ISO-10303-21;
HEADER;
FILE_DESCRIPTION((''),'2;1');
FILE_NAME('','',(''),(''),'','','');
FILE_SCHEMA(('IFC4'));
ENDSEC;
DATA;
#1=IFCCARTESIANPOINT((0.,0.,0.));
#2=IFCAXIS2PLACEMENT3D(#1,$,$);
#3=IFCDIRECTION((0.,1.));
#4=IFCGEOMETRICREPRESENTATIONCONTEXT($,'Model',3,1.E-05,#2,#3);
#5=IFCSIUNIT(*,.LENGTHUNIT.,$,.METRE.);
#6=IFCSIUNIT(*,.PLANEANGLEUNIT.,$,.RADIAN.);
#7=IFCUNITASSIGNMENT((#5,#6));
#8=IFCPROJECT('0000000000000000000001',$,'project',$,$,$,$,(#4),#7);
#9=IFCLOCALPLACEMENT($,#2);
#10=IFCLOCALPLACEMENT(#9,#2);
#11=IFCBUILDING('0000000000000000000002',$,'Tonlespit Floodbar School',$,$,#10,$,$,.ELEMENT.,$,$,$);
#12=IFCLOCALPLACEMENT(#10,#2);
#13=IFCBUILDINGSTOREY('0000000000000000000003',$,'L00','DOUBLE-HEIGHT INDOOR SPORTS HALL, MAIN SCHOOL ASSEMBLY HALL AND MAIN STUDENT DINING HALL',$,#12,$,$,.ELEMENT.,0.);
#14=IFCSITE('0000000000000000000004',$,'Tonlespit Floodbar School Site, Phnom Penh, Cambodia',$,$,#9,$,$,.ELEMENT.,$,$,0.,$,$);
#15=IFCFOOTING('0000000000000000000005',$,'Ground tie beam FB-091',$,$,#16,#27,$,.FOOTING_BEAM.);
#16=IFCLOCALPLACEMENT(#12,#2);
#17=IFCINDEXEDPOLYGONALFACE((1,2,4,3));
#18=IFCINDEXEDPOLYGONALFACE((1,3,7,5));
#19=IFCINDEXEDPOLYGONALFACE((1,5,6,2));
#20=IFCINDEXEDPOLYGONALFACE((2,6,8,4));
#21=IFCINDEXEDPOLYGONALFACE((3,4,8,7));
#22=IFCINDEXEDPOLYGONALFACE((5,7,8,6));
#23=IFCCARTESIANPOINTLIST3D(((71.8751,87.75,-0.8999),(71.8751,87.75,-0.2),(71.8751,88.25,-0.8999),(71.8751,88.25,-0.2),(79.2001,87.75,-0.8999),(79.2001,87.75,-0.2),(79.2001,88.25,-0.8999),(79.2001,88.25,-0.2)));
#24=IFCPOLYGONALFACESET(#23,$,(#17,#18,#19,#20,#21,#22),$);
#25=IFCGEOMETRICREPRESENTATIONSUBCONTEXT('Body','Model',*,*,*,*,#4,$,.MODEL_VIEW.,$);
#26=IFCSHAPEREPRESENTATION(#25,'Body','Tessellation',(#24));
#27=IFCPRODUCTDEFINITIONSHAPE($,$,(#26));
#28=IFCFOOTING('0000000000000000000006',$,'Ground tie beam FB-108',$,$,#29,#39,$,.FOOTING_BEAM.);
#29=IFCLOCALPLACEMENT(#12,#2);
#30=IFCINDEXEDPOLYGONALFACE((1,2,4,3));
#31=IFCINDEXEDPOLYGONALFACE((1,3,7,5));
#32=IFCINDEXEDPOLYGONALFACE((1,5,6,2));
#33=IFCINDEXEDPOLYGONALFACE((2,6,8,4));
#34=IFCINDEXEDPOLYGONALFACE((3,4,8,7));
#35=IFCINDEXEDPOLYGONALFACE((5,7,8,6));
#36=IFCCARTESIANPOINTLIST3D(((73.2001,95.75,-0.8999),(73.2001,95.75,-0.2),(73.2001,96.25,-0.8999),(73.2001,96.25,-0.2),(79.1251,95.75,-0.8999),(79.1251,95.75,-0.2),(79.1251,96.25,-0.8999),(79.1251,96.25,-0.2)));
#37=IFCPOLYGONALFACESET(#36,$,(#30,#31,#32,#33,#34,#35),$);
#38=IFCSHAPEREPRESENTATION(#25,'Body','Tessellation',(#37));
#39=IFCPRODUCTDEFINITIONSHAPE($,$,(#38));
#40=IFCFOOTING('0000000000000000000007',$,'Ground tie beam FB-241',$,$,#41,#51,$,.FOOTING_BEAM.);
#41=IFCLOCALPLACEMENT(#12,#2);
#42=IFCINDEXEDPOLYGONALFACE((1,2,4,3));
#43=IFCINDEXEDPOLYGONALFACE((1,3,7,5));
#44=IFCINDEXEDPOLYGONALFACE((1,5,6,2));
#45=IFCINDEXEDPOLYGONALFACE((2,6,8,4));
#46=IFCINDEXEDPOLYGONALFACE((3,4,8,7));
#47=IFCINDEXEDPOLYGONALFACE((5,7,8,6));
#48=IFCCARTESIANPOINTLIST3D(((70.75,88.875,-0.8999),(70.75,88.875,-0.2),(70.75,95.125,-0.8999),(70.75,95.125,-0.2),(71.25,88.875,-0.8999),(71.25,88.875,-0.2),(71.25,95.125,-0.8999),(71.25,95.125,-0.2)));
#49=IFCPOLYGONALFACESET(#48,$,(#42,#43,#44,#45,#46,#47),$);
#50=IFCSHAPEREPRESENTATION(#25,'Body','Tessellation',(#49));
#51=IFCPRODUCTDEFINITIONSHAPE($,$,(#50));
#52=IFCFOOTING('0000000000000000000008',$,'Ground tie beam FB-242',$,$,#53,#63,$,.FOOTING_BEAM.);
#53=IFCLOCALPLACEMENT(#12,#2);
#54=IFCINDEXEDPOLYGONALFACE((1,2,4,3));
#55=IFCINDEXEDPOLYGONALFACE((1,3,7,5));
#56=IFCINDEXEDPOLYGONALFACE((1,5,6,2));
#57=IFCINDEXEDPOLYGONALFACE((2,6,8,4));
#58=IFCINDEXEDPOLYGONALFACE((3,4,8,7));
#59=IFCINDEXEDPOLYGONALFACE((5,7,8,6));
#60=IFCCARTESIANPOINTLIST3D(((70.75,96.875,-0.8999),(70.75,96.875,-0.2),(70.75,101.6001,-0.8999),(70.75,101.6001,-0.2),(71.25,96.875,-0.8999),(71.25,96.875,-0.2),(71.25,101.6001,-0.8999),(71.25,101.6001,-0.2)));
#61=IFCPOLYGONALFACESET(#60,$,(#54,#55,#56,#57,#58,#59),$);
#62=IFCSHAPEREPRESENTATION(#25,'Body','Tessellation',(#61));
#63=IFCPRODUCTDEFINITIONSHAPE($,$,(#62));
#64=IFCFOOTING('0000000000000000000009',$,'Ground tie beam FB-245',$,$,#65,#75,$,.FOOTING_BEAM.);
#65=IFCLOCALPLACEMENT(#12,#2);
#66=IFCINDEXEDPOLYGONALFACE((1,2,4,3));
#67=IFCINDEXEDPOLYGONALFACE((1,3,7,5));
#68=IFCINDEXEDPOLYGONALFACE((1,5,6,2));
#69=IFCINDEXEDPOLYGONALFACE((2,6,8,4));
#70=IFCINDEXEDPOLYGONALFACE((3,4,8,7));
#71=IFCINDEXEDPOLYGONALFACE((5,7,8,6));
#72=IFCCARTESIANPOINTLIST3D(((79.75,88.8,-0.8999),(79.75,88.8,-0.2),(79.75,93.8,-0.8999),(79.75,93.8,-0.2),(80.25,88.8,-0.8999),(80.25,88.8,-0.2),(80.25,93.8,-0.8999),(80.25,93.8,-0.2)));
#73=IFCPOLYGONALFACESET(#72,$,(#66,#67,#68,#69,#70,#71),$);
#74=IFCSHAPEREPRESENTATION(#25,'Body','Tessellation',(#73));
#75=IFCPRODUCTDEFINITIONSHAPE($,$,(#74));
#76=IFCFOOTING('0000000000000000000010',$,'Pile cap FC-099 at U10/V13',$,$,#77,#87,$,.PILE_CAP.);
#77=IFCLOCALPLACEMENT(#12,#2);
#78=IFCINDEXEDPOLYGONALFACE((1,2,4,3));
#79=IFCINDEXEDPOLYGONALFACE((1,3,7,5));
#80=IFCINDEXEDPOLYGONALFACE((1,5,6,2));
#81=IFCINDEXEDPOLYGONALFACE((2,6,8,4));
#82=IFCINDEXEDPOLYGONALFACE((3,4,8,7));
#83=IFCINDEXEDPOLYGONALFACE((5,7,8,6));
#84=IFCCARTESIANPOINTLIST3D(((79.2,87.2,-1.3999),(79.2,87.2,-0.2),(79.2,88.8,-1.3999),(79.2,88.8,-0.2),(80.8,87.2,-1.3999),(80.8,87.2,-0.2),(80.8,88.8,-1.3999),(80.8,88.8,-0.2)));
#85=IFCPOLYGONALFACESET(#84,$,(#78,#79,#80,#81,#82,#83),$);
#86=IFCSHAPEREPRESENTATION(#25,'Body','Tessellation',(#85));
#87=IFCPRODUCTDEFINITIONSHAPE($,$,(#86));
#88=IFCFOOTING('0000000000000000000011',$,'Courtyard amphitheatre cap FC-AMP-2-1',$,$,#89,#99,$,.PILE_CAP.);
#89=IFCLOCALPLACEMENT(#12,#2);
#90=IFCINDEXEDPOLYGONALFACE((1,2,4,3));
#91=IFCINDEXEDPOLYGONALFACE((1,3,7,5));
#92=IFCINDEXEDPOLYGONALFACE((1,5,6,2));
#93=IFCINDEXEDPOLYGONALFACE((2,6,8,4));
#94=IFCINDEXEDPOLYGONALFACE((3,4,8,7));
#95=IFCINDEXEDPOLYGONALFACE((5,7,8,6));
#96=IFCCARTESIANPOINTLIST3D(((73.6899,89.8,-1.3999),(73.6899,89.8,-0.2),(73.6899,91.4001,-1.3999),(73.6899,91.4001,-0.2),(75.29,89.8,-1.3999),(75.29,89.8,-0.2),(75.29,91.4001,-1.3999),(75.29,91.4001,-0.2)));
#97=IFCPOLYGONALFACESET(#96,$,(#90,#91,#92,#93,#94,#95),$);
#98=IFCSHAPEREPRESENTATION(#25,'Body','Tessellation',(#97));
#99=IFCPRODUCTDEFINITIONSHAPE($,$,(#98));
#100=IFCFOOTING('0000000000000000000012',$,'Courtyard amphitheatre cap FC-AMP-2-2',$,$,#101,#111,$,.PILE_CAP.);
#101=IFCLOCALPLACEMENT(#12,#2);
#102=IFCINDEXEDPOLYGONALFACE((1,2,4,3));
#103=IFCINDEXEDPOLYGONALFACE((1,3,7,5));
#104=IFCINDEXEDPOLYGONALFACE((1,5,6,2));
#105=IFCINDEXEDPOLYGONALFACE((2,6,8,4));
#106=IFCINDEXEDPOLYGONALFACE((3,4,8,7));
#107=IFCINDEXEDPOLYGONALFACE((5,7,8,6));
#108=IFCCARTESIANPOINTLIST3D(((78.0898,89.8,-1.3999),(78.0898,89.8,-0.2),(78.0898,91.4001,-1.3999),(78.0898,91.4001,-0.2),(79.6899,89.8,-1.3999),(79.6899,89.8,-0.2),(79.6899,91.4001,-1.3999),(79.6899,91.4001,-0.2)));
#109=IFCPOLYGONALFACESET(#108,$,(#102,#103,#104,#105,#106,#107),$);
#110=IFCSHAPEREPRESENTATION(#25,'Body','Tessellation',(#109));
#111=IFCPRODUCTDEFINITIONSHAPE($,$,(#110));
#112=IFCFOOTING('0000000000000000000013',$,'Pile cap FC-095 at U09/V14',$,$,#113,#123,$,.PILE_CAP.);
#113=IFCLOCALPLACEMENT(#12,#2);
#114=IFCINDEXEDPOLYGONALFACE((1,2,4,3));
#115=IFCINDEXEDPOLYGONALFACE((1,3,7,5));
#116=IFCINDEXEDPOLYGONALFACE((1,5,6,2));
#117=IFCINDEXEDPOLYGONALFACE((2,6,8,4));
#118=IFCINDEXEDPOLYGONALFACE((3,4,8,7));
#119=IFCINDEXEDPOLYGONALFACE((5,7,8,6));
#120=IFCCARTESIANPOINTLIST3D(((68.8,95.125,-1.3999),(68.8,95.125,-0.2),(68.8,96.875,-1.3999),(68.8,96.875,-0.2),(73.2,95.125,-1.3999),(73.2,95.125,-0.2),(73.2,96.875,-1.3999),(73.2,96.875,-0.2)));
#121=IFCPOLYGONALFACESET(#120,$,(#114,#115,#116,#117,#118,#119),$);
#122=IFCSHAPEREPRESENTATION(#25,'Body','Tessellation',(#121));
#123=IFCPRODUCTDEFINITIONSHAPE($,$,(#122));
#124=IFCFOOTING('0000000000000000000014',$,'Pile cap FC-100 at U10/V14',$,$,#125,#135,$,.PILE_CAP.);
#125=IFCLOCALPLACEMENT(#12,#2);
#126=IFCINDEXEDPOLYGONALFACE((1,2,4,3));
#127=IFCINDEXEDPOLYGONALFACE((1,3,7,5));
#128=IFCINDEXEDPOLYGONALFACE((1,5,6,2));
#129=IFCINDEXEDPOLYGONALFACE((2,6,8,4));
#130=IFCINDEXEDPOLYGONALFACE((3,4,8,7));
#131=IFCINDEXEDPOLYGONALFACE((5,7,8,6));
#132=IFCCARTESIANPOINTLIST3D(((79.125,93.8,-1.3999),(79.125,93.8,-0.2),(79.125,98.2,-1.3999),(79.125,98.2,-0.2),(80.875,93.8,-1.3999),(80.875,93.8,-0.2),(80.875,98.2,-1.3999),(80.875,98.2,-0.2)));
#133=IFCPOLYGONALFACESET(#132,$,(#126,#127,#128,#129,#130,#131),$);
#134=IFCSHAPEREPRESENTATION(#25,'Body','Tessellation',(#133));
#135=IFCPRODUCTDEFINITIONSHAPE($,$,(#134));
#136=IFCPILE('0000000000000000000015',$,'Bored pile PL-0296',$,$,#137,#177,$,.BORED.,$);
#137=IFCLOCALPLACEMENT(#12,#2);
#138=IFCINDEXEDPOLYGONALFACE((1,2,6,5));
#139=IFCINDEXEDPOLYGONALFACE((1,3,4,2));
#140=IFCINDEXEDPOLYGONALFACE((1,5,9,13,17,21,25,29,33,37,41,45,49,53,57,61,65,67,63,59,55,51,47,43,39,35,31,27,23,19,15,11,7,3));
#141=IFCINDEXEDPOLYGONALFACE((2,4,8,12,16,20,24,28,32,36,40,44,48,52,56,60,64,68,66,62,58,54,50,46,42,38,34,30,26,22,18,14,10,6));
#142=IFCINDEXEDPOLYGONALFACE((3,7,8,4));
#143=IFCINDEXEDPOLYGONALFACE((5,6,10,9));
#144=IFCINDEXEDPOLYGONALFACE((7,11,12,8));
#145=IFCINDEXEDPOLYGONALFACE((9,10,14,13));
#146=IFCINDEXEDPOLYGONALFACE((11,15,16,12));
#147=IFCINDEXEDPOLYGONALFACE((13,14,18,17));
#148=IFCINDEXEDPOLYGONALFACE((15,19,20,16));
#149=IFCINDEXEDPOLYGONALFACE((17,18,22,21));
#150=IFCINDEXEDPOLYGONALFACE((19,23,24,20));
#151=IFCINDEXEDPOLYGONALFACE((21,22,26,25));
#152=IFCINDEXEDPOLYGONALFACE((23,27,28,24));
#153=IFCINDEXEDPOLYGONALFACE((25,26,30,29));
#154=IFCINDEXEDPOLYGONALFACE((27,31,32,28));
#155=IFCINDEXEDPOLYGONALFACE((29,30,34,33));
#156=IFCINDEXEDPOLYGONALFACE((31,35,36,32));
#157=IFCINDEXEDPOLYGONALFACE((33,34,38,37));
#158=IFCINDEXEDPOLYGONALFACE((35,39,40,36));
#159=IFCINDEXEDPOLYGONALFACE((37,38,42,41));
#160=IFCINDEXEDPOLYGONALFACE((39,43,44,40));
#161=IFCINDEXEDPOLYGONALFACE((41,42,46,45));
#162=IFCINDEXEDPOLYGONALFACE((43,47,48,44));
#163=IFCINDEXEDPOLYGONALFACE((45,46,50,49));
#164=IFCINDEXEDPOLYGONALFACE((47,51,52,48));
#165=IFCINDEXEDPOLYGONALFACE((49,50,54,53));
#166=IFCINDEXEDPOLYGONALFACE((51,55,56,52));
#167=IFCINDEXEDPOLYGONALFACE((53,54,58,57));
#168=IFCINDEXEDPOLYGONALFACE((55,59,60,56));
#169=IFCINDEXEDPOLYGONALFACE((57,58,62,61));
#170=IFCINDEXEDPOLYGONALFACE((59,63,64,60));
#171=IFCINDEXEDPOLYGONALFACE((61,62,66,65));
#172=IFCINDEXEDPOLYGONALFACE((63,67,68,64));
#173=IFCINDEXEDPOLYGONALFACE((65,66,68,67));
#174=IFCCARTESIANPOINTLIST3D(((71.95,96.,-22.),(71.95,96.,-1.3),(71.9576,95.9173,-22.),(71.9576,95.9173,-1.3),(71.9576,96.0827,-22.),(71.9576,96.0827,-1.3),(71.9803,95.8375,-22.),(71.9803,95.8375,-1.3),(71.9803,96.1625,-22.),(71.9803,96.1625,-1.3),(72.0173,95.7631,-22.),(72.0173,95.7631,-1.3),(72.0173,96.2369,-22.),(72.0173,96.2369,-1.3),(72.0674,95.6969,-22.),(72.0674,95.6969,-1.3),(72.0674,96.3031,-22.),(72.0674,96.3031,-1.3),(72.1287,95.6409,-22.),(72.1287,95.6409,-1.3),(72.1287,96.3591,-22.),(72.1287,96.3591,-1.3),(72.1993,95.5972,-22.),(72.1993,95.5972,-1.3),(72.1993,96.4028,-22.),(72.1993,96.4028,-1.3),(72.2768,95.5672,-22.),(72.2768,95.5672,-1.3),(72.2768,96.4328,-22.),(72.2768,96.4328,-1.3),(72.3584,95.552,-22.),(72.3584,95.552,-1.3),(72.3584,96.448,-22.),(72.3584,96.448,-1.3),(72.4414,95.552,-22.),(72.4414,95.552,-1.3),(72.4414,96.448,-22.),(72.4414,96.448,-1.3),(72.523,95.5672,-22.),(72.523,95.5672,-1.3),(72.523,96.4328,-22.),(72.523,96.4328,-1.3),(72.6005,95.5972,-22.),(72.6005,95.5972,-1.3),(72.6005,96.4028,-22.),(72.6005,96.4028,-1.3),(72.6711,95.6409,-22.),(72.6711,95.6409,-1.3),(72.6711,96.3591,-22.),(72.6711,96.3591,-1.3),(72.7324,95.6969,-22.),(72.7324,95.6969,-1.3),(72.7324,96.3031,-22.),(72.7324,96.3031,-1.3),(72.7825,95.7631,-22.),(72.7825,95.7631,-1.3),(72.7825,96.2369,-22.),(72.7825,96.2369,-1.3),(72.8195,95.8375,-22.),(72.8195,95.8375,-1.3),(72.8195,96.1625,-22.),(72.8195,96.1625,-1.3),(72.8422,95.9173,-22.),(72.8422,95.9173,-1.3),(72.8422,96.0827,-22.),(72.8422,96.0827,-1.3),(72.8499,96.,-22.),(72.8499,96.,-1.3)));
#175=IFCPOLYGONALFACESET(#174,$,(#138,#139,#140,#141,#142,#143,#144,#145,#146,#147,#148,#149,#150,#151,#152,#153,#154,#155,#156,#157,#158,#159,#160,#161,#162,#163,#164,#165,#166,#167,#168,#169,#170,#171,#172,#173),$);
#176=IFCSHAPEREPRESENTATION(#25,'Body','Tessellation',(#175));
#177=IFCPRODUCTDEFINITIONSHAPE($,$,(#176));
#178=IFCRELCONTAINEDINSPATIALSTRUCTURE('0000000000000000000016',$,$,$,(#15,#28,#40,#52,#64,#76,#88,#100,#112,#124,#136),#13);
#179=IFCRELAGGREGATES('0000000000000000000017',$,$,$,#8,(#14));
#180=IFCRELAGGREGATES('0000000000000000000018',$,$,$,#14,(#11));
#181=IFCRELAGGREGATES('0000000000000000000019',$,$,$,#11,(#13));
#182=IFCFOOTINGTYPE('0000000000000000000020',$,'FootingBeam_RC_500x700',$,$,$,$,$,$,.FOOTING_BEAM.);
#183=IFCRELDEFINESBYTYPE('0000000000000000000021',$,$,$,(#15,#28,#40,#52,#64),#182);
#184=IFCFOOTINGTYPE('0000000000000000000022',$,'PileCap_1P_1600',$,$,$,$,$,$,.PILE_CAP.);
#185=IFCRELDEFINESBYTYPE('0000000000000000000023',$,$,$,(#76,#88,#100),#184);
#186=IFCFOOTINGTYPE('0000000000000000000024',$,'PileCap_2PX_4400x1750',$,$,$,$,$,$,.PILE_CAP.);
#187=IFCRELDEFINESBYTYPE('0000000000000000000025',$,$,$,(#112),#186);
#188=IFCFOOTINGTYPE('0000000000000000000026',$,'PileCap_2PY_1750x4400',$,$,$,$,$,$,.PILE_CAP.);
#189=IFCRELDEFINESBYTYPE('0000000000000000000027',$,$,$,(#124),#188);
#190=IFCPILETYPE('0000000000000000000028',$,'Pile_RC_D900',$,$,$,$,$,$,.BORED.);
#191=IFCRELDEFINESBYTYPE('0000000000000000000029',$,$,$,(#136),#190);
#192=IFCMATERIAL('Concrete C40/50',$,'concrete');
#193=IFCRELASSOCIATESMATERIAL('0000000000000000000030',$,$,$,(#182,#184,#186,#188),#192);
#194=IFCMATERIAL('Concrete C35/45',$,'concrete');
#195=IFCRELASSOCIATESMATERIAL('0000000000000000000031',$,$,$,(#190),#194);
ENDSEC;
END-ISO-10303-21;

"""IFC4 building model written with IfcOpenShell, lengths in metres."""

from ifc_helpers import new_model, si_unit, direction, frame, origin, origin_2d, place, context, subcontext, project, spatial, rectangle, circle, extrude, material, material_profile, profile_set, type_object, element, save


model = new_model("IFC4")

# Units and contexts
model_context = context("Model", 3, precision=1e-05, world=origin(), true_north=direction((0.0, 1.0)))
body_context = subcontext(model_context, "Body", "Model", "MODEL_VIEW")
ifc_project = project(units=[si_unit("LENGTHUNIT", "METRE"), si_unit("PLANEANGLEUNIT", "RADIAN")], contexts=[model_context])

# Site, building, storey
site_placement = place(None, origin())
site = spatial("IfcSite", under=ifc_project, at=site_placement, Name="Tonlespit Floodbar School Site, Phnom Penh, Cambodia", CompositionType="ELEMENT", RefElevation=0.0)
building_placement = place(site_placement, origin())
building = spatial("IfcBuilding", under=site, at=building_placement, Name="Tonlespit Floodbar School", CompositionType="ELEMENT")
storey_placement = place(building_placement, origin())
storey = spatial("IfcBuildingStorey", under=building, at=storey_placement, Name="L00", Description="DOUBLE-HEIGHT INDOOR SPORTS HALL, MAIN SCHOOL ASSEMBLY HALL AND MAIN STUDENT DINING HALL", CompositionType="ELEMENT", Elevation=0.0)

# Footings
ifc_material_1 = material(Name="Concrete C40/50", Category="concrete")
footing_type_1 = type_object("IfcFootingType", Name="FootingBeam_RC_500x700", PredefinedType="FOOTING_BEAM", material=ifc_material_1)
footing_1_placement = place(storey_placement, frame((75.5376, 88.0, -0.8999), z_axis=(0.0, 0.0, 1.0), x_axis=(1.0, 0.0, 0.0)))
element("IfcFooting", 1, at=footing_1_placement, inside=storey, type_object=footing_type_1, Name="Ground tie beam FB-091", PredefinedType="FOOTING_BEAM", context=body_context, shape_type="SweptSolid", body=[
    extrude(rectangle(XDim=7.325, YDim=0.5, at=origin_2d()), origin(), (0.0, 0.0, 1.0), 0.7),
])
footing_2_placement = place(storey_placement, frame((76.1626, 96.0, -0.8999), z_axis=(0.0, 0.0, 1.0), x_axis=(1.0, 0.0, 0.0)))
element("IfcFooting", 2, at=footing_2_placement, inside=storey, type_object=footing_type_1, Name="Ground tie beam FB-108", PredefinedType="FOOTING_BEAM", context=body_context, shape_type="SweptSolid", body=[
    extrude(rectangle(XDim=5.925, YDim=0.5, at=origin_2d()), origin(), (0.0, 0.0, 1.0), 0.7),
])
footing_3_placement = place(storey_placement, frame((71.0, 92.0, -0.8999), z_axis=(0.0, 0.0, 1.0), x_axis=(0.0, 1.0, 0.0)))
element("IfcFooting", 3, at=footing_3_placement, inside=storey, type_object=footing_type_1, Name="Ground tie beam FB-241", PredefinedType="FOOTING_BEAM", context=body_context, shape_type="SweptSolid", body=[
    extrude(rectangle(XDim=6.25, YDim=0.5, at=origin_2d()), origin(), (0.0, 0.0, 1.0), 0.7),
])
footing_4_placement = place(storey_placement, frame((71.0, 99.2375, -0.8999), z_axis=(0.0, 0.0, 1.0), x_axis=(0.0, 1.0, 0.0)))
element("IfcFooting", 4, at=footing_4_placement, inside=storey, type_object=footing_type_1, Name="Ground tie beam FB-242", PredefinedType="FOOTING_BEAM", context=body_context, shape_type="SweptSolid", body=[
    extrude(rectangle(XDim=4.7251, YDim=0.5, at=origin_2d()), origin(), (0.0, 0.0, 1.0), 0.7),
])
footing_5_placement = place(storey_placement, frame((80.0, 91.3, -0.8999), z_axis=(0.0, 0.0, 1.0), x_axis=(0.0, 1.0, 0.0)))
element("IfcFooting", 5, at=footing_5_placement, inside=storey, type_object=footing_type_1, Name="Ground tie beam FB-245", PredefinedType="FOOTING_BEAM", context=body_context, shape_type="SweptSolid", body=[
    extrude(rectangle(XDim=5.0, YDim=0.5, at=origin_2d()), origin(), (0.0, 0.0, 1.0), 0.7),
])
footing_type_2 = type_object("IfcFootingType", Name="PileCap_1P_1600", PredefinedType="PILE_CAP", material=ifc_material_1)
for number, where, z_axis, x_axis, name in (
    (6, (80.0, 88.0, -1.3999), (0.0, 0.0, 1.0), (1.0, 0.0, 0.0), "Pile cap FC-099 at U10/V13"),
    (7, (74.49, 90.6001, -1.3999), (0.0, 0.0, 1.0), (1.0, 0.0, 0.0), "Courtyard amphitheatre cap FC-AMP-2-1"),
    (8, (78.8899, 90.6001, -1.3999), (0.0, 0.0, 1.0), (1.0, 0.0, 0.0), "Courtyard amphitheatre cap FC-AMP-2-2"),
):
    element("IfcFooting", number, at=place(storey_placement, frame(where, z_axis=z_axis, x_axis=x_axis)), inside=storey, type_object=footing_type_2, Name=name, PredefinedType="PILE_CAP", context=body_context, shape_type="SweptSolid", body=[
        extrude(rectangle(XDim=1.6001, YDim=1.6001, at=origin_2d()), origin(), (0.0, 0.0, 1.0), 1.2),
    ])
footing_type_3 = type_object("IfcFootingType", Name="PileCap_2PX_4400x1750", PredefinedType="PILE_CAP", material=ifc_material_1)
footing_6_placement = place(storey_placement, frame((71.0, 96.0, -1.3999), z_axis=(0.0, 0.0, 1.0), x_axis=(1.0, 0.0, 0.0)))
element("IfcFooting", 9, at=footing_6_placement, inside=storey, type_object=footing_type_3, Name="Pile cap FC-095 at U09/V14", PredefinedType="PILE_CAP", context=body_context, shape_type="SweptSolid", body=[
    extrude(rectangle(XDim=4.3999, YDim=1.75, at=origin_2d()), origin(), (0.0, 0.0, 1.0), 1.2),
])
footing_type_4 = type_object("IfcFootingType", Name="PileCap_2PY_1750x4400", PredefinedType="PILE_CAP", material=ifc_material_1)
footing_7_placement = place(storey_placement, frame((80.0, 96.0, -1.3999), z_axis=(0.0, 0.0, 1.0), x_axis=(1.0, 0.0, 0.0)))
element("IfcFooting", 10, at=footing_7_placement, inside=storey, type_object=footing_type_4, Name="Pile cap FC-100 at U10/V14", PredefinedType="PILE_CAP", context=body_context, shape_type="SweptSolid", body=[
    extrude(rectangle(XDim=1.75, YDim=4.3999, at=origin_2d()), origin(), (0.0, 0.0, 1.0), 1.2),
])

# Pile
ifc_material_2 = material(Name="Concrete C35/45", Category="concrete")
ifc_material_profile_1 = material_profile(ifc_material_2, circle(Radius=0.45, at=origin_2d()), Name="BP D900")
ifc_profile_set_1 = profile_set([ifc_material_profile_1], Name="Concrete C35/45")
pile_type = type_object("IfcPileType", Name="Pile_RC_D900", PredefinedType="BORED", material=ifc_profile_set_1)
for number, where, z_axis, x_axis, name in (
    (11, (72.3999, 96.0, -1.3), (0.0, 0.0, -1.0), (1.0, 0.0, 0.0), "Bored pile PL-0296"),
):
    element("IfcPile", number, at=place(storey_placement, frame(where, z_axis=z_axis, x_axis=x_axis)), inside=storey, type_object=pile_type, Name=name, PredefinedType="BORED", context=body_context, shape_type="SweptSolid", body=[
        extrude(circle(Radius=0.45, at=origin_2d()), origin(), (0.0, 0.0, 1.0), 20.7),
    ])

save(model, "model.ifc")
